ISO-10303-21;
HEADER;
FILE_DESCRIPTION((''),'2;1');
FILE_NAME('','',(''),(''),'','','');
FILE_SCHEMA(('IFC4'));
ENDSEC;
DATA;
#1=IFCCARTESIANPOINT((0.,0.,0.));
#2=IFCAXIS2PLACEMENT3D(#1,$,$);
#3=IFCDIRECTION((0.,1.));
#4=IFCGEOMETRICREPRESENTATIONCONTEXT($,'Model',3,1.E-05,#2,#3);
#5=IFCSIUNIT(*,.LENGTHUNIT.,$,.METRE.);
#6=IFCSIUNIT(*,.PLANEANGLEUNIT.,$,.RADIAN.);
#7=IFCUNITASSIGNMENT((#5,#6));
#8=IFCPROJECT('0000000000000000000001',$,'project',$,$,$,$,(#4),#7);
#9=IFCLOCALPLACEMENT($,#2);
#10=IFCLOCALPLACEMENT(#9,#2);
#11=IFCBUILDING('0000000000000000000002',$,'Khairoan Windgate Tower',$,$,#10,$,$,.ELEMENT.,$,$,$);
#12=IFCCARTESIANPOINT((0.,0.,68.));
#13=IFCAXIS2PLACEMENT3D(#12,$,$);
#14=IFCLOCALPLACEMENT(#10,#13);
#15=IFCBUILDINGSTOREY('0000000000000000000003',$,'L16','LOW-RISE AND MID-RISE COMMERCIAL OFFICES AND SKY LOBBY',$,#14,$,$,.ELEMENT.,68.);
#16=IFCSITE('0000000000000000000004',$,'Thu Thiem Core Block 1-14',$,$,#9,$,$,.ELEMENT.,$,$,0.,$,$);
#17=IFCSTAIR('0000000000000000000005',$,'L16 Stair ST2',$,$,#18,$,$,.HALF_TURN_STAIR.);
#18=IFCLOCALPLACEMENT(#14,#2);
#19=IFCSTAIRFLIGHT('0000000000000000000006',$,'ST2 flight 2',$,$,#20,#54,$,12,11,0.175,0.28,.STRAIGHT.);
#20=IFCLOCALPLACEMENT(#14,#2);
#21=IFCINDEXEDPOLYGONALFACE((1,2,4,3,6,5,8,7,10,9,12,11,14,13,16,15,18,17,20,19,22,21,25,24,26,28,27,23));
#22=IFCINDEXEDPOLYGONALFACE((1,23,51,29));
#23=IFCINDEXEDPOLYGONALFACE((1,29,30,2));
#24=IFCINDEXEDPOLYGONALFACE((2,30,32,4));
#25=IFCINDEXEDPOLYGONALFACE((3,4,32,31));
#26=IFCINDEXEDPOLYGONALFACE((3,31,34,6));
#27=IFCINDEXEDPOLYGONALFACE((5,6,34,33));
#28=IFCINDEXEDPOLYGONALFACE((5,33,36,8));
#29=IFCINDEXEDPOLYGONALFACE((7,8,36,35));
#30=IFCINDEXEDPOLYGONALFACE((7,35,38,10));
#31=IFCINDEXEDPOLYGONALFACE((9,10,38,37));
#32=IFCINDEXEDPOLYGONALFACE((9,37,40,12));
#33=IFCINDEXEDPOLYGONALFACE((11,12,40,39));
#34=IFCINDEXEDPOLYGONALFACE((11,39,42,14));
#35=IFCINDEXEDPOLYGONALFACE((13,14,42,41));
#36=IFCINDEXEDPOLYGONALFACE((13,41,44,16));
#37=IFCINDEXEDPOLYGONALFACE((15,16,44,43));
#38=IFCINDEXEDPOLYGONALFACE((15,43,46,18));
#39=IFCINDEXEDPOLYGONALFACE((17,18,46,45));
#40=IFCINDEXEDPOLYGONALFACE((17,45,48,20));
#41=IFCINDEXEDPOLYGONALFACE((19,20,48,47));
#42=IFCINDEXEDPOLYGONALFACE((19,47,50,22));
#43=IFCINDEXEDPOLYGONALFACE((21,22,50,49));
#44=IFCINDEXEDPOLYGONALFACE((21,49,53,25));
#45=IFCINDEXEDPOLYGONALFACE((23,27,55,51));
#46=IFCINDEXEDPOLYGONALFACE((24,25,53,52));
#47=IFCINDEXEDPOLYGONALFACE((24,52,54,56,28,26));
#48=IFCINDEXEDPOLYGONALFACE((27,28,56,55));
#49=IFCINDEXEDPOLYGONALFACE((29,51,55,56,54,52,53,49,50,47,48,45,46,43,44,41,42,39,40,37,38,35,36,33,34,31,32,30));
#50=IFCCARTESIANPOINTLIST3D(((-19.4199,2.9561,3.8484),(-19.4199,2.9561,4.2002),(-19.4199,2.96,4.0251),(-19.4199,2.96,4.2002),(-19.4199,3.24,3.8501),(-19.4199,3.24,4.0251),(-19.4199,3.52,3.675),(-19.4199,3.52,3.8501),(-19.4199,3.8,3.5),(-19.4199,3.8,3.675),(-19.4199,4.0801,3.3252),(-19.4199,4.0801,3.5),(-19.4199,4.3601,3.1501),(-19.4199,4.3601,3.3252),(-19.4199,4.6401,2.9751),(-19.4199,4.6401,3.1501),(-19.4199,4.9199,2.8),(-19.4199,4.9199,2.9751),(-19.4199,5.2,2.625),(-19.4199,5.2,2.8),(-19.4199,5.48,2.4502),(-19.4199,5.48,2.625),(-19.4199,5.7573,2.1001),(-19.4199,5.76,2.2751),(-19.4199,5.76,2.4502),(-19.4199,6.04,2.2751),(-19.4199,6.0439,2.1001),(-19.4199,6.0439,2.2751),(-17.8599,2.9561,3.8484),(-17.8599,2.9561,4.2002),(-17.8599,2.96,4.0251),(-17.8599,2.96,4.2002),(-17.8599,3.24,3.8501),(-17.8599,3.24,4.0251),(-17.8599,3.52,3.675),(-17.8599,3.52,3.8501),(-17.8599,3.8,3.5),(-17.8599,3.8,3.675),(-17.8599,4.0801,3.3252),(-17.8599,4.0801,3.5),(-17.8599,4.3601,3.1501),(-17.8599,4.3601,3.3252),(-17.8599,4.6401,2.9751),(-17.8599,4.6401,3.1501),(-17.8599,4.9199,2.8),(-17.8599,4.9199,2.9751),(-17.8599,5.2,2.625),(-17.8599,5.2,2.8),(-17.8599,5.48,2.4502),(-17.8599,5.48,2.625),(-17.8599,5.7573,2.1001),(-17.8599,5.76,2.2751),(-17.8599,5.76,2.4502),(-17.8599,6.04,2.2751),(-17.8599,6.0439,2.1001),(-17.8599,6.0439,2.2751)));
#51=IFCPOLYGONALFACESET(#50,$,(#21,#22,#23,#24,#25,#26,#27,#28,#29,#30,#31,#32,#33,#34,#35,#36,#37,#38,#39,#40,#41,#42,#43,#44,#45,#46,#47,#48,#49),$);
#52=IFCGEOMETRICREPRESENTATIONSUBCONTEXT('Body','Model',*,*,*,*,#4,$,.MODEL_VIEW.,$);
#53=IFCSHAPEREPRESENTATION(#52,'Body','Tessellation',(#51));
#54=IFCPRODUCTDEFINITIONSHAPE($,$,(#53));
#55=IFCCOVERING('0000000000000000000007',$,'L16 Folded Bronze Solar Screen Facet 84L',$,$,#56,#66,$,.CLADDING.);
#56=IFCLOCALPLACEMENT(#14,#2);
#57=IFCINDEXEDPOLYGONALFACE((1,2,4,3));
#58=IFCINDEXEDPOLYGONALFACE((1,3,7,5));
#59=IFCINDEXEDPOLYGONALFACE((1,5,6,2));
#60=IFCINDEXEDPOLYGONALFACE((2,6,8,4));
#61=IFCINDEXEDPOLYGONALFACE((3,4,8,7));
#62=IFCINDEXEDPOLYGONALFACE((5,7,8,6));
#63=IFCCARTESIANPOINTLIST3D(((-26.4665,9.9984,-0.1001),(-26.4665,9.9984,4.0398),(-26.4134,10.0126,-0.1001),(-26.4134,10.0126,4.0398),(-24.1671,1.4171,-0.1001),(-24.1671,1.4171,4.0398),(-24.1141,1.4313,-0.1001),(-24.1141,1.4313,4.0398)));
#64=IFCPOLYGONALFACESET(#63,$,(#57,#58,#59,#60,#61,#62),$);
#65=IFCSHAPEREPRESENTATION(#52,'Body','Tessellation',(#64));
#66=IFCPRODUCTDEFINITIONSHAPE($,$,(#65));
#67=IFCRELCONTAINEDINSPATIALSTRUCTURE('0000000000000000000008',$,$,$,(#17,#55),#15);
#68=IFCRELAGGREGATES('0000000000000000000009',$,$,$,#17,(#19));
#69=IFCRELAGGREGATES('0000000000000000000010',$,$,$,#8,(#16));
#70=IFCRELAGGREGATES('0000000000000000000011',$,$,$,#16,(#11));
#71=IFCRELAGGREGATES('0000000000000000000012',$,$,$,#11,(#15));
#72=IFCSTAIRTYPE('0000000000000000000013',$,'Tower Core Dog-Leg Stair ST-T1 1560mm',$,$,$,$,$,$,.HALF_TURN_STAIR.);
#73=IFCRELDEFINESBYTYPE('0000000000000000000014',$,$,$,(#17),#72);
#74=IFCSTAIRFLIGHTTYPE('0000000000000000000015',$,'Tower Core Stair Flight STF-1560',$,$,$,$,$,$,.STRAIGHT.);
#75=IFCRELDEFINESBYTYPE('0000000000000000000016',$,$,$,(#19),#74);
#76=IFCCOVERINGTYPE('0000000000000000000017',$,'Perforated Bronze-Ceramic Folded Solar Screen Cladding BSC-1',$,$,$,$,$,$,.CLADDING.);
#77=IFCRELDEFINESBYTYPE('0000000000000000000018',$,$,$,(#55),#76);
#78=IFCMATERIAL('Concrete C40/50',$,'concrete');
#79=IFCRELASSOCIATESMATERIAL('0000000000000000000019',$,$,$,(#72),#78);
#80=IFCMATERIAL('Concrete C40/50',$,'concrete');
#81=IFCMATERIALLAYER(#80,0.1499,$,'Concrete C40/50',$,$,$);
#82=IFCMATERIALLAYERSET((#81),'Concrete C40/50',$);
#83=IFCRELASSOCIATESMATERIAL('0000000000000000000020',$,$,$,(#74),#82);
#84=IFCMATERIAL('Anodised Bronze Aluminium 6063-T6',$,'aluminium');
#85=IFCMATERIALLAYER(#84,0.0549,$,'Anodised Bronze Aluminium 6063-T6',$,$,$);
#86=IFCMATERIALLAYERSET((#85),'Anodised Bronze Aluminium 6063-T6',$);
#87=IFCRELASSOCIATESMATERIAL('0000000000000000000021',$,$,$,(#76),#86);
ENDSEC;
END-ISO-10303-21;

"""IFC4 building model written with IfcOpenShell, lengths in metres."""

from ifc_helpers import new_model, si_unit, direction, frame, origin, origin_2d, place, context, subcontext, project, spatial, polyline, rectangle, outline, extrude, material, layer, layer_set, type_object, element, aggregate, save


model = new_model("IFC4")

# Units and contexts
model_context = context("Model", 3, precision=1e-05, world=origin(), true_north=direction((0.0, 1.0)))
body_context = subcontext(model_context, "Body", "Model", "MODEL_VIEW")
ifc_project = project(units=[si_unit("LENGTHUNIT", "METRE"), si_unit("PLANEANGLEUNIT", "RADIAN")], contexts=[model_context])

# Site, building, storey
site_placement = place(None, origin())
site = spatial("IfcSite", under=ifc_project, at=site_placement, Name="Thu Thiem Core Block 1-14", CompositionType="ELEMENT", RefElevation=0.0)
building_placement = place(site_placement, origin())
building = spatial("IfcBuilding", under=site, at=building_placement, Name="Khairoan Windgate Tower", CompositionType="ELEMENT")
storey_placement = place(building_placement, frame((0.0, 0.0, 68.0)))
storey = spatial("IfcBuildingStorey", under=building, at=storey_placement, Name="L16", Description="LOW-RISE AND MID-RISE COMMERCIAL OFFICES AND SKY LOBBY", CompositionType="ELEMENT", Elevation=68.0)

# Stair, stair flight
ifc_material_1 = material(Name="Concrete C40/50", Category="concrete")
stair_type = type_object("IfcStairType", Name="Tower Core Dog-Leg Stair ST-T1 1560mm", PredefinedType="HALF_TURN_STAIR", material=ifc_material_1)
stair_placement = place(storey_placement, origin())
stair = element("IfcStair", 1, at=stair_placement, inside=storey, type_object=stair_type, Name="L16 Stair ST2", PredefinedType="HALF_TURN_STAIR")
ifc_material_2 = material(Name="Concrete C40/50", Category="concrete")
ifc_layer_1 = layer(ifc_material_2, 0.1499, Name="Concrete C40/50")
ifc_layer_set_1 = layer_set([ifc_layer_1], Name="Concrete C40/50")
stair_flight_type = type_object("IfcStairFlightType", Name="Tower Core Stair Flight STF-1560", PredefinedType="STRAIGHT", material=ifc_layer_set_1)
stair_flight_1_placement = place(storey_placement, frame((-18.6399, 6.04, 2.1001), z_axis=(0.0, 0.0, 1.0), x_axis=(0.0, -1.0, 0.0)))
stair_flight_1 = element("IfcStairFlight", 2, at=stair_flight_1_placement, type_object=stair_flight_type, Name="ST2 flight 2", NumberOfRisers=12, NumberOfTreads=11, PredefinedType="STRAIGHT", RiserHeight=0.175, TreadLength=0.28, context=body_context, shape_type="SweptSolid", body=[
    extrude(outline(polyline([(-0.0039, 0.0), (-0.0039, 0.175), (0.0, 0.175), (0.28, 0.175), (0.28, 0.3501), (0.5601, 0.3501), (0.5601, 0.5249), (0.8401, 0.5249), (0.8401, 0.7), (1.1201, 0.7), (1.1201, 0.875), (1.3999, 0.875), (1.3999, 1.05), (1.6799, 1.05), (1.6799, 1.2251), (1.96, 1.2251), (1.96, 1.3999), (2.24, 1.3999), (2.24, 1.575), (2.52, 1.575), (2.52, 1.75), (2.8, 1.75), (2.8, 1.925), (3.0801, 1.925), (3.0801, 2.1001), (3.084, 2.1001), (3.084, 1.7483), (0.2827, 0.0), (-0.0039, 0.0)])), frame((0.0, 0.78, 0.0), z_axis=(0.0, -1.0, 0.0), x_axis=(1.0, 0.0, 0.0)), (0.0, 0.0, 1.0), 1.5601),
])
aggregate(stair, [stair_flight_1])

# Covering
ifc_material_3 = material(Name="Anodised Bronze Aluminium 6063-T6", Category="aluminium")
ifc_layer_2 = layer(ifc_material_3, 0.0549, Name="Anodised Bronze Aluminium 6063-T6")
ifc_layer_set_2 = layer_set([ifc_layer_2], Name="Anodised Bronze Aluminium 6063-T6")
covering_type = type_object("IfcCoveringType", Name="Perforated Bronze-Ceramic Folded Solar Screen Cladding BSC-1", PredefinedType="CLADDING", material=ifc_layer_set_2)
covering_placement = place(storey_placement, frame((-25.2903, 5.7148, -0.1001), z_axis=(0.0, 0.0, 1.0), x_axis=(-0.258819, 0.965926, 0.0)))
element("IfcCovering", 3, at=covering_placement, inside=storey, type_object=covering_type, Name="L16 Folded Bronze Solar Screen Facet 84L", PredefinedType="CLADDING", context=body_context, shape_type="SweptSolid", body=[
    extrude(rectangle(XDim=8.884, YDim=0.0549, at=origin_2d()), origin(), (0.0, 0.0, 1.0), 4.1399),
])

save(model, "model.ifc")
